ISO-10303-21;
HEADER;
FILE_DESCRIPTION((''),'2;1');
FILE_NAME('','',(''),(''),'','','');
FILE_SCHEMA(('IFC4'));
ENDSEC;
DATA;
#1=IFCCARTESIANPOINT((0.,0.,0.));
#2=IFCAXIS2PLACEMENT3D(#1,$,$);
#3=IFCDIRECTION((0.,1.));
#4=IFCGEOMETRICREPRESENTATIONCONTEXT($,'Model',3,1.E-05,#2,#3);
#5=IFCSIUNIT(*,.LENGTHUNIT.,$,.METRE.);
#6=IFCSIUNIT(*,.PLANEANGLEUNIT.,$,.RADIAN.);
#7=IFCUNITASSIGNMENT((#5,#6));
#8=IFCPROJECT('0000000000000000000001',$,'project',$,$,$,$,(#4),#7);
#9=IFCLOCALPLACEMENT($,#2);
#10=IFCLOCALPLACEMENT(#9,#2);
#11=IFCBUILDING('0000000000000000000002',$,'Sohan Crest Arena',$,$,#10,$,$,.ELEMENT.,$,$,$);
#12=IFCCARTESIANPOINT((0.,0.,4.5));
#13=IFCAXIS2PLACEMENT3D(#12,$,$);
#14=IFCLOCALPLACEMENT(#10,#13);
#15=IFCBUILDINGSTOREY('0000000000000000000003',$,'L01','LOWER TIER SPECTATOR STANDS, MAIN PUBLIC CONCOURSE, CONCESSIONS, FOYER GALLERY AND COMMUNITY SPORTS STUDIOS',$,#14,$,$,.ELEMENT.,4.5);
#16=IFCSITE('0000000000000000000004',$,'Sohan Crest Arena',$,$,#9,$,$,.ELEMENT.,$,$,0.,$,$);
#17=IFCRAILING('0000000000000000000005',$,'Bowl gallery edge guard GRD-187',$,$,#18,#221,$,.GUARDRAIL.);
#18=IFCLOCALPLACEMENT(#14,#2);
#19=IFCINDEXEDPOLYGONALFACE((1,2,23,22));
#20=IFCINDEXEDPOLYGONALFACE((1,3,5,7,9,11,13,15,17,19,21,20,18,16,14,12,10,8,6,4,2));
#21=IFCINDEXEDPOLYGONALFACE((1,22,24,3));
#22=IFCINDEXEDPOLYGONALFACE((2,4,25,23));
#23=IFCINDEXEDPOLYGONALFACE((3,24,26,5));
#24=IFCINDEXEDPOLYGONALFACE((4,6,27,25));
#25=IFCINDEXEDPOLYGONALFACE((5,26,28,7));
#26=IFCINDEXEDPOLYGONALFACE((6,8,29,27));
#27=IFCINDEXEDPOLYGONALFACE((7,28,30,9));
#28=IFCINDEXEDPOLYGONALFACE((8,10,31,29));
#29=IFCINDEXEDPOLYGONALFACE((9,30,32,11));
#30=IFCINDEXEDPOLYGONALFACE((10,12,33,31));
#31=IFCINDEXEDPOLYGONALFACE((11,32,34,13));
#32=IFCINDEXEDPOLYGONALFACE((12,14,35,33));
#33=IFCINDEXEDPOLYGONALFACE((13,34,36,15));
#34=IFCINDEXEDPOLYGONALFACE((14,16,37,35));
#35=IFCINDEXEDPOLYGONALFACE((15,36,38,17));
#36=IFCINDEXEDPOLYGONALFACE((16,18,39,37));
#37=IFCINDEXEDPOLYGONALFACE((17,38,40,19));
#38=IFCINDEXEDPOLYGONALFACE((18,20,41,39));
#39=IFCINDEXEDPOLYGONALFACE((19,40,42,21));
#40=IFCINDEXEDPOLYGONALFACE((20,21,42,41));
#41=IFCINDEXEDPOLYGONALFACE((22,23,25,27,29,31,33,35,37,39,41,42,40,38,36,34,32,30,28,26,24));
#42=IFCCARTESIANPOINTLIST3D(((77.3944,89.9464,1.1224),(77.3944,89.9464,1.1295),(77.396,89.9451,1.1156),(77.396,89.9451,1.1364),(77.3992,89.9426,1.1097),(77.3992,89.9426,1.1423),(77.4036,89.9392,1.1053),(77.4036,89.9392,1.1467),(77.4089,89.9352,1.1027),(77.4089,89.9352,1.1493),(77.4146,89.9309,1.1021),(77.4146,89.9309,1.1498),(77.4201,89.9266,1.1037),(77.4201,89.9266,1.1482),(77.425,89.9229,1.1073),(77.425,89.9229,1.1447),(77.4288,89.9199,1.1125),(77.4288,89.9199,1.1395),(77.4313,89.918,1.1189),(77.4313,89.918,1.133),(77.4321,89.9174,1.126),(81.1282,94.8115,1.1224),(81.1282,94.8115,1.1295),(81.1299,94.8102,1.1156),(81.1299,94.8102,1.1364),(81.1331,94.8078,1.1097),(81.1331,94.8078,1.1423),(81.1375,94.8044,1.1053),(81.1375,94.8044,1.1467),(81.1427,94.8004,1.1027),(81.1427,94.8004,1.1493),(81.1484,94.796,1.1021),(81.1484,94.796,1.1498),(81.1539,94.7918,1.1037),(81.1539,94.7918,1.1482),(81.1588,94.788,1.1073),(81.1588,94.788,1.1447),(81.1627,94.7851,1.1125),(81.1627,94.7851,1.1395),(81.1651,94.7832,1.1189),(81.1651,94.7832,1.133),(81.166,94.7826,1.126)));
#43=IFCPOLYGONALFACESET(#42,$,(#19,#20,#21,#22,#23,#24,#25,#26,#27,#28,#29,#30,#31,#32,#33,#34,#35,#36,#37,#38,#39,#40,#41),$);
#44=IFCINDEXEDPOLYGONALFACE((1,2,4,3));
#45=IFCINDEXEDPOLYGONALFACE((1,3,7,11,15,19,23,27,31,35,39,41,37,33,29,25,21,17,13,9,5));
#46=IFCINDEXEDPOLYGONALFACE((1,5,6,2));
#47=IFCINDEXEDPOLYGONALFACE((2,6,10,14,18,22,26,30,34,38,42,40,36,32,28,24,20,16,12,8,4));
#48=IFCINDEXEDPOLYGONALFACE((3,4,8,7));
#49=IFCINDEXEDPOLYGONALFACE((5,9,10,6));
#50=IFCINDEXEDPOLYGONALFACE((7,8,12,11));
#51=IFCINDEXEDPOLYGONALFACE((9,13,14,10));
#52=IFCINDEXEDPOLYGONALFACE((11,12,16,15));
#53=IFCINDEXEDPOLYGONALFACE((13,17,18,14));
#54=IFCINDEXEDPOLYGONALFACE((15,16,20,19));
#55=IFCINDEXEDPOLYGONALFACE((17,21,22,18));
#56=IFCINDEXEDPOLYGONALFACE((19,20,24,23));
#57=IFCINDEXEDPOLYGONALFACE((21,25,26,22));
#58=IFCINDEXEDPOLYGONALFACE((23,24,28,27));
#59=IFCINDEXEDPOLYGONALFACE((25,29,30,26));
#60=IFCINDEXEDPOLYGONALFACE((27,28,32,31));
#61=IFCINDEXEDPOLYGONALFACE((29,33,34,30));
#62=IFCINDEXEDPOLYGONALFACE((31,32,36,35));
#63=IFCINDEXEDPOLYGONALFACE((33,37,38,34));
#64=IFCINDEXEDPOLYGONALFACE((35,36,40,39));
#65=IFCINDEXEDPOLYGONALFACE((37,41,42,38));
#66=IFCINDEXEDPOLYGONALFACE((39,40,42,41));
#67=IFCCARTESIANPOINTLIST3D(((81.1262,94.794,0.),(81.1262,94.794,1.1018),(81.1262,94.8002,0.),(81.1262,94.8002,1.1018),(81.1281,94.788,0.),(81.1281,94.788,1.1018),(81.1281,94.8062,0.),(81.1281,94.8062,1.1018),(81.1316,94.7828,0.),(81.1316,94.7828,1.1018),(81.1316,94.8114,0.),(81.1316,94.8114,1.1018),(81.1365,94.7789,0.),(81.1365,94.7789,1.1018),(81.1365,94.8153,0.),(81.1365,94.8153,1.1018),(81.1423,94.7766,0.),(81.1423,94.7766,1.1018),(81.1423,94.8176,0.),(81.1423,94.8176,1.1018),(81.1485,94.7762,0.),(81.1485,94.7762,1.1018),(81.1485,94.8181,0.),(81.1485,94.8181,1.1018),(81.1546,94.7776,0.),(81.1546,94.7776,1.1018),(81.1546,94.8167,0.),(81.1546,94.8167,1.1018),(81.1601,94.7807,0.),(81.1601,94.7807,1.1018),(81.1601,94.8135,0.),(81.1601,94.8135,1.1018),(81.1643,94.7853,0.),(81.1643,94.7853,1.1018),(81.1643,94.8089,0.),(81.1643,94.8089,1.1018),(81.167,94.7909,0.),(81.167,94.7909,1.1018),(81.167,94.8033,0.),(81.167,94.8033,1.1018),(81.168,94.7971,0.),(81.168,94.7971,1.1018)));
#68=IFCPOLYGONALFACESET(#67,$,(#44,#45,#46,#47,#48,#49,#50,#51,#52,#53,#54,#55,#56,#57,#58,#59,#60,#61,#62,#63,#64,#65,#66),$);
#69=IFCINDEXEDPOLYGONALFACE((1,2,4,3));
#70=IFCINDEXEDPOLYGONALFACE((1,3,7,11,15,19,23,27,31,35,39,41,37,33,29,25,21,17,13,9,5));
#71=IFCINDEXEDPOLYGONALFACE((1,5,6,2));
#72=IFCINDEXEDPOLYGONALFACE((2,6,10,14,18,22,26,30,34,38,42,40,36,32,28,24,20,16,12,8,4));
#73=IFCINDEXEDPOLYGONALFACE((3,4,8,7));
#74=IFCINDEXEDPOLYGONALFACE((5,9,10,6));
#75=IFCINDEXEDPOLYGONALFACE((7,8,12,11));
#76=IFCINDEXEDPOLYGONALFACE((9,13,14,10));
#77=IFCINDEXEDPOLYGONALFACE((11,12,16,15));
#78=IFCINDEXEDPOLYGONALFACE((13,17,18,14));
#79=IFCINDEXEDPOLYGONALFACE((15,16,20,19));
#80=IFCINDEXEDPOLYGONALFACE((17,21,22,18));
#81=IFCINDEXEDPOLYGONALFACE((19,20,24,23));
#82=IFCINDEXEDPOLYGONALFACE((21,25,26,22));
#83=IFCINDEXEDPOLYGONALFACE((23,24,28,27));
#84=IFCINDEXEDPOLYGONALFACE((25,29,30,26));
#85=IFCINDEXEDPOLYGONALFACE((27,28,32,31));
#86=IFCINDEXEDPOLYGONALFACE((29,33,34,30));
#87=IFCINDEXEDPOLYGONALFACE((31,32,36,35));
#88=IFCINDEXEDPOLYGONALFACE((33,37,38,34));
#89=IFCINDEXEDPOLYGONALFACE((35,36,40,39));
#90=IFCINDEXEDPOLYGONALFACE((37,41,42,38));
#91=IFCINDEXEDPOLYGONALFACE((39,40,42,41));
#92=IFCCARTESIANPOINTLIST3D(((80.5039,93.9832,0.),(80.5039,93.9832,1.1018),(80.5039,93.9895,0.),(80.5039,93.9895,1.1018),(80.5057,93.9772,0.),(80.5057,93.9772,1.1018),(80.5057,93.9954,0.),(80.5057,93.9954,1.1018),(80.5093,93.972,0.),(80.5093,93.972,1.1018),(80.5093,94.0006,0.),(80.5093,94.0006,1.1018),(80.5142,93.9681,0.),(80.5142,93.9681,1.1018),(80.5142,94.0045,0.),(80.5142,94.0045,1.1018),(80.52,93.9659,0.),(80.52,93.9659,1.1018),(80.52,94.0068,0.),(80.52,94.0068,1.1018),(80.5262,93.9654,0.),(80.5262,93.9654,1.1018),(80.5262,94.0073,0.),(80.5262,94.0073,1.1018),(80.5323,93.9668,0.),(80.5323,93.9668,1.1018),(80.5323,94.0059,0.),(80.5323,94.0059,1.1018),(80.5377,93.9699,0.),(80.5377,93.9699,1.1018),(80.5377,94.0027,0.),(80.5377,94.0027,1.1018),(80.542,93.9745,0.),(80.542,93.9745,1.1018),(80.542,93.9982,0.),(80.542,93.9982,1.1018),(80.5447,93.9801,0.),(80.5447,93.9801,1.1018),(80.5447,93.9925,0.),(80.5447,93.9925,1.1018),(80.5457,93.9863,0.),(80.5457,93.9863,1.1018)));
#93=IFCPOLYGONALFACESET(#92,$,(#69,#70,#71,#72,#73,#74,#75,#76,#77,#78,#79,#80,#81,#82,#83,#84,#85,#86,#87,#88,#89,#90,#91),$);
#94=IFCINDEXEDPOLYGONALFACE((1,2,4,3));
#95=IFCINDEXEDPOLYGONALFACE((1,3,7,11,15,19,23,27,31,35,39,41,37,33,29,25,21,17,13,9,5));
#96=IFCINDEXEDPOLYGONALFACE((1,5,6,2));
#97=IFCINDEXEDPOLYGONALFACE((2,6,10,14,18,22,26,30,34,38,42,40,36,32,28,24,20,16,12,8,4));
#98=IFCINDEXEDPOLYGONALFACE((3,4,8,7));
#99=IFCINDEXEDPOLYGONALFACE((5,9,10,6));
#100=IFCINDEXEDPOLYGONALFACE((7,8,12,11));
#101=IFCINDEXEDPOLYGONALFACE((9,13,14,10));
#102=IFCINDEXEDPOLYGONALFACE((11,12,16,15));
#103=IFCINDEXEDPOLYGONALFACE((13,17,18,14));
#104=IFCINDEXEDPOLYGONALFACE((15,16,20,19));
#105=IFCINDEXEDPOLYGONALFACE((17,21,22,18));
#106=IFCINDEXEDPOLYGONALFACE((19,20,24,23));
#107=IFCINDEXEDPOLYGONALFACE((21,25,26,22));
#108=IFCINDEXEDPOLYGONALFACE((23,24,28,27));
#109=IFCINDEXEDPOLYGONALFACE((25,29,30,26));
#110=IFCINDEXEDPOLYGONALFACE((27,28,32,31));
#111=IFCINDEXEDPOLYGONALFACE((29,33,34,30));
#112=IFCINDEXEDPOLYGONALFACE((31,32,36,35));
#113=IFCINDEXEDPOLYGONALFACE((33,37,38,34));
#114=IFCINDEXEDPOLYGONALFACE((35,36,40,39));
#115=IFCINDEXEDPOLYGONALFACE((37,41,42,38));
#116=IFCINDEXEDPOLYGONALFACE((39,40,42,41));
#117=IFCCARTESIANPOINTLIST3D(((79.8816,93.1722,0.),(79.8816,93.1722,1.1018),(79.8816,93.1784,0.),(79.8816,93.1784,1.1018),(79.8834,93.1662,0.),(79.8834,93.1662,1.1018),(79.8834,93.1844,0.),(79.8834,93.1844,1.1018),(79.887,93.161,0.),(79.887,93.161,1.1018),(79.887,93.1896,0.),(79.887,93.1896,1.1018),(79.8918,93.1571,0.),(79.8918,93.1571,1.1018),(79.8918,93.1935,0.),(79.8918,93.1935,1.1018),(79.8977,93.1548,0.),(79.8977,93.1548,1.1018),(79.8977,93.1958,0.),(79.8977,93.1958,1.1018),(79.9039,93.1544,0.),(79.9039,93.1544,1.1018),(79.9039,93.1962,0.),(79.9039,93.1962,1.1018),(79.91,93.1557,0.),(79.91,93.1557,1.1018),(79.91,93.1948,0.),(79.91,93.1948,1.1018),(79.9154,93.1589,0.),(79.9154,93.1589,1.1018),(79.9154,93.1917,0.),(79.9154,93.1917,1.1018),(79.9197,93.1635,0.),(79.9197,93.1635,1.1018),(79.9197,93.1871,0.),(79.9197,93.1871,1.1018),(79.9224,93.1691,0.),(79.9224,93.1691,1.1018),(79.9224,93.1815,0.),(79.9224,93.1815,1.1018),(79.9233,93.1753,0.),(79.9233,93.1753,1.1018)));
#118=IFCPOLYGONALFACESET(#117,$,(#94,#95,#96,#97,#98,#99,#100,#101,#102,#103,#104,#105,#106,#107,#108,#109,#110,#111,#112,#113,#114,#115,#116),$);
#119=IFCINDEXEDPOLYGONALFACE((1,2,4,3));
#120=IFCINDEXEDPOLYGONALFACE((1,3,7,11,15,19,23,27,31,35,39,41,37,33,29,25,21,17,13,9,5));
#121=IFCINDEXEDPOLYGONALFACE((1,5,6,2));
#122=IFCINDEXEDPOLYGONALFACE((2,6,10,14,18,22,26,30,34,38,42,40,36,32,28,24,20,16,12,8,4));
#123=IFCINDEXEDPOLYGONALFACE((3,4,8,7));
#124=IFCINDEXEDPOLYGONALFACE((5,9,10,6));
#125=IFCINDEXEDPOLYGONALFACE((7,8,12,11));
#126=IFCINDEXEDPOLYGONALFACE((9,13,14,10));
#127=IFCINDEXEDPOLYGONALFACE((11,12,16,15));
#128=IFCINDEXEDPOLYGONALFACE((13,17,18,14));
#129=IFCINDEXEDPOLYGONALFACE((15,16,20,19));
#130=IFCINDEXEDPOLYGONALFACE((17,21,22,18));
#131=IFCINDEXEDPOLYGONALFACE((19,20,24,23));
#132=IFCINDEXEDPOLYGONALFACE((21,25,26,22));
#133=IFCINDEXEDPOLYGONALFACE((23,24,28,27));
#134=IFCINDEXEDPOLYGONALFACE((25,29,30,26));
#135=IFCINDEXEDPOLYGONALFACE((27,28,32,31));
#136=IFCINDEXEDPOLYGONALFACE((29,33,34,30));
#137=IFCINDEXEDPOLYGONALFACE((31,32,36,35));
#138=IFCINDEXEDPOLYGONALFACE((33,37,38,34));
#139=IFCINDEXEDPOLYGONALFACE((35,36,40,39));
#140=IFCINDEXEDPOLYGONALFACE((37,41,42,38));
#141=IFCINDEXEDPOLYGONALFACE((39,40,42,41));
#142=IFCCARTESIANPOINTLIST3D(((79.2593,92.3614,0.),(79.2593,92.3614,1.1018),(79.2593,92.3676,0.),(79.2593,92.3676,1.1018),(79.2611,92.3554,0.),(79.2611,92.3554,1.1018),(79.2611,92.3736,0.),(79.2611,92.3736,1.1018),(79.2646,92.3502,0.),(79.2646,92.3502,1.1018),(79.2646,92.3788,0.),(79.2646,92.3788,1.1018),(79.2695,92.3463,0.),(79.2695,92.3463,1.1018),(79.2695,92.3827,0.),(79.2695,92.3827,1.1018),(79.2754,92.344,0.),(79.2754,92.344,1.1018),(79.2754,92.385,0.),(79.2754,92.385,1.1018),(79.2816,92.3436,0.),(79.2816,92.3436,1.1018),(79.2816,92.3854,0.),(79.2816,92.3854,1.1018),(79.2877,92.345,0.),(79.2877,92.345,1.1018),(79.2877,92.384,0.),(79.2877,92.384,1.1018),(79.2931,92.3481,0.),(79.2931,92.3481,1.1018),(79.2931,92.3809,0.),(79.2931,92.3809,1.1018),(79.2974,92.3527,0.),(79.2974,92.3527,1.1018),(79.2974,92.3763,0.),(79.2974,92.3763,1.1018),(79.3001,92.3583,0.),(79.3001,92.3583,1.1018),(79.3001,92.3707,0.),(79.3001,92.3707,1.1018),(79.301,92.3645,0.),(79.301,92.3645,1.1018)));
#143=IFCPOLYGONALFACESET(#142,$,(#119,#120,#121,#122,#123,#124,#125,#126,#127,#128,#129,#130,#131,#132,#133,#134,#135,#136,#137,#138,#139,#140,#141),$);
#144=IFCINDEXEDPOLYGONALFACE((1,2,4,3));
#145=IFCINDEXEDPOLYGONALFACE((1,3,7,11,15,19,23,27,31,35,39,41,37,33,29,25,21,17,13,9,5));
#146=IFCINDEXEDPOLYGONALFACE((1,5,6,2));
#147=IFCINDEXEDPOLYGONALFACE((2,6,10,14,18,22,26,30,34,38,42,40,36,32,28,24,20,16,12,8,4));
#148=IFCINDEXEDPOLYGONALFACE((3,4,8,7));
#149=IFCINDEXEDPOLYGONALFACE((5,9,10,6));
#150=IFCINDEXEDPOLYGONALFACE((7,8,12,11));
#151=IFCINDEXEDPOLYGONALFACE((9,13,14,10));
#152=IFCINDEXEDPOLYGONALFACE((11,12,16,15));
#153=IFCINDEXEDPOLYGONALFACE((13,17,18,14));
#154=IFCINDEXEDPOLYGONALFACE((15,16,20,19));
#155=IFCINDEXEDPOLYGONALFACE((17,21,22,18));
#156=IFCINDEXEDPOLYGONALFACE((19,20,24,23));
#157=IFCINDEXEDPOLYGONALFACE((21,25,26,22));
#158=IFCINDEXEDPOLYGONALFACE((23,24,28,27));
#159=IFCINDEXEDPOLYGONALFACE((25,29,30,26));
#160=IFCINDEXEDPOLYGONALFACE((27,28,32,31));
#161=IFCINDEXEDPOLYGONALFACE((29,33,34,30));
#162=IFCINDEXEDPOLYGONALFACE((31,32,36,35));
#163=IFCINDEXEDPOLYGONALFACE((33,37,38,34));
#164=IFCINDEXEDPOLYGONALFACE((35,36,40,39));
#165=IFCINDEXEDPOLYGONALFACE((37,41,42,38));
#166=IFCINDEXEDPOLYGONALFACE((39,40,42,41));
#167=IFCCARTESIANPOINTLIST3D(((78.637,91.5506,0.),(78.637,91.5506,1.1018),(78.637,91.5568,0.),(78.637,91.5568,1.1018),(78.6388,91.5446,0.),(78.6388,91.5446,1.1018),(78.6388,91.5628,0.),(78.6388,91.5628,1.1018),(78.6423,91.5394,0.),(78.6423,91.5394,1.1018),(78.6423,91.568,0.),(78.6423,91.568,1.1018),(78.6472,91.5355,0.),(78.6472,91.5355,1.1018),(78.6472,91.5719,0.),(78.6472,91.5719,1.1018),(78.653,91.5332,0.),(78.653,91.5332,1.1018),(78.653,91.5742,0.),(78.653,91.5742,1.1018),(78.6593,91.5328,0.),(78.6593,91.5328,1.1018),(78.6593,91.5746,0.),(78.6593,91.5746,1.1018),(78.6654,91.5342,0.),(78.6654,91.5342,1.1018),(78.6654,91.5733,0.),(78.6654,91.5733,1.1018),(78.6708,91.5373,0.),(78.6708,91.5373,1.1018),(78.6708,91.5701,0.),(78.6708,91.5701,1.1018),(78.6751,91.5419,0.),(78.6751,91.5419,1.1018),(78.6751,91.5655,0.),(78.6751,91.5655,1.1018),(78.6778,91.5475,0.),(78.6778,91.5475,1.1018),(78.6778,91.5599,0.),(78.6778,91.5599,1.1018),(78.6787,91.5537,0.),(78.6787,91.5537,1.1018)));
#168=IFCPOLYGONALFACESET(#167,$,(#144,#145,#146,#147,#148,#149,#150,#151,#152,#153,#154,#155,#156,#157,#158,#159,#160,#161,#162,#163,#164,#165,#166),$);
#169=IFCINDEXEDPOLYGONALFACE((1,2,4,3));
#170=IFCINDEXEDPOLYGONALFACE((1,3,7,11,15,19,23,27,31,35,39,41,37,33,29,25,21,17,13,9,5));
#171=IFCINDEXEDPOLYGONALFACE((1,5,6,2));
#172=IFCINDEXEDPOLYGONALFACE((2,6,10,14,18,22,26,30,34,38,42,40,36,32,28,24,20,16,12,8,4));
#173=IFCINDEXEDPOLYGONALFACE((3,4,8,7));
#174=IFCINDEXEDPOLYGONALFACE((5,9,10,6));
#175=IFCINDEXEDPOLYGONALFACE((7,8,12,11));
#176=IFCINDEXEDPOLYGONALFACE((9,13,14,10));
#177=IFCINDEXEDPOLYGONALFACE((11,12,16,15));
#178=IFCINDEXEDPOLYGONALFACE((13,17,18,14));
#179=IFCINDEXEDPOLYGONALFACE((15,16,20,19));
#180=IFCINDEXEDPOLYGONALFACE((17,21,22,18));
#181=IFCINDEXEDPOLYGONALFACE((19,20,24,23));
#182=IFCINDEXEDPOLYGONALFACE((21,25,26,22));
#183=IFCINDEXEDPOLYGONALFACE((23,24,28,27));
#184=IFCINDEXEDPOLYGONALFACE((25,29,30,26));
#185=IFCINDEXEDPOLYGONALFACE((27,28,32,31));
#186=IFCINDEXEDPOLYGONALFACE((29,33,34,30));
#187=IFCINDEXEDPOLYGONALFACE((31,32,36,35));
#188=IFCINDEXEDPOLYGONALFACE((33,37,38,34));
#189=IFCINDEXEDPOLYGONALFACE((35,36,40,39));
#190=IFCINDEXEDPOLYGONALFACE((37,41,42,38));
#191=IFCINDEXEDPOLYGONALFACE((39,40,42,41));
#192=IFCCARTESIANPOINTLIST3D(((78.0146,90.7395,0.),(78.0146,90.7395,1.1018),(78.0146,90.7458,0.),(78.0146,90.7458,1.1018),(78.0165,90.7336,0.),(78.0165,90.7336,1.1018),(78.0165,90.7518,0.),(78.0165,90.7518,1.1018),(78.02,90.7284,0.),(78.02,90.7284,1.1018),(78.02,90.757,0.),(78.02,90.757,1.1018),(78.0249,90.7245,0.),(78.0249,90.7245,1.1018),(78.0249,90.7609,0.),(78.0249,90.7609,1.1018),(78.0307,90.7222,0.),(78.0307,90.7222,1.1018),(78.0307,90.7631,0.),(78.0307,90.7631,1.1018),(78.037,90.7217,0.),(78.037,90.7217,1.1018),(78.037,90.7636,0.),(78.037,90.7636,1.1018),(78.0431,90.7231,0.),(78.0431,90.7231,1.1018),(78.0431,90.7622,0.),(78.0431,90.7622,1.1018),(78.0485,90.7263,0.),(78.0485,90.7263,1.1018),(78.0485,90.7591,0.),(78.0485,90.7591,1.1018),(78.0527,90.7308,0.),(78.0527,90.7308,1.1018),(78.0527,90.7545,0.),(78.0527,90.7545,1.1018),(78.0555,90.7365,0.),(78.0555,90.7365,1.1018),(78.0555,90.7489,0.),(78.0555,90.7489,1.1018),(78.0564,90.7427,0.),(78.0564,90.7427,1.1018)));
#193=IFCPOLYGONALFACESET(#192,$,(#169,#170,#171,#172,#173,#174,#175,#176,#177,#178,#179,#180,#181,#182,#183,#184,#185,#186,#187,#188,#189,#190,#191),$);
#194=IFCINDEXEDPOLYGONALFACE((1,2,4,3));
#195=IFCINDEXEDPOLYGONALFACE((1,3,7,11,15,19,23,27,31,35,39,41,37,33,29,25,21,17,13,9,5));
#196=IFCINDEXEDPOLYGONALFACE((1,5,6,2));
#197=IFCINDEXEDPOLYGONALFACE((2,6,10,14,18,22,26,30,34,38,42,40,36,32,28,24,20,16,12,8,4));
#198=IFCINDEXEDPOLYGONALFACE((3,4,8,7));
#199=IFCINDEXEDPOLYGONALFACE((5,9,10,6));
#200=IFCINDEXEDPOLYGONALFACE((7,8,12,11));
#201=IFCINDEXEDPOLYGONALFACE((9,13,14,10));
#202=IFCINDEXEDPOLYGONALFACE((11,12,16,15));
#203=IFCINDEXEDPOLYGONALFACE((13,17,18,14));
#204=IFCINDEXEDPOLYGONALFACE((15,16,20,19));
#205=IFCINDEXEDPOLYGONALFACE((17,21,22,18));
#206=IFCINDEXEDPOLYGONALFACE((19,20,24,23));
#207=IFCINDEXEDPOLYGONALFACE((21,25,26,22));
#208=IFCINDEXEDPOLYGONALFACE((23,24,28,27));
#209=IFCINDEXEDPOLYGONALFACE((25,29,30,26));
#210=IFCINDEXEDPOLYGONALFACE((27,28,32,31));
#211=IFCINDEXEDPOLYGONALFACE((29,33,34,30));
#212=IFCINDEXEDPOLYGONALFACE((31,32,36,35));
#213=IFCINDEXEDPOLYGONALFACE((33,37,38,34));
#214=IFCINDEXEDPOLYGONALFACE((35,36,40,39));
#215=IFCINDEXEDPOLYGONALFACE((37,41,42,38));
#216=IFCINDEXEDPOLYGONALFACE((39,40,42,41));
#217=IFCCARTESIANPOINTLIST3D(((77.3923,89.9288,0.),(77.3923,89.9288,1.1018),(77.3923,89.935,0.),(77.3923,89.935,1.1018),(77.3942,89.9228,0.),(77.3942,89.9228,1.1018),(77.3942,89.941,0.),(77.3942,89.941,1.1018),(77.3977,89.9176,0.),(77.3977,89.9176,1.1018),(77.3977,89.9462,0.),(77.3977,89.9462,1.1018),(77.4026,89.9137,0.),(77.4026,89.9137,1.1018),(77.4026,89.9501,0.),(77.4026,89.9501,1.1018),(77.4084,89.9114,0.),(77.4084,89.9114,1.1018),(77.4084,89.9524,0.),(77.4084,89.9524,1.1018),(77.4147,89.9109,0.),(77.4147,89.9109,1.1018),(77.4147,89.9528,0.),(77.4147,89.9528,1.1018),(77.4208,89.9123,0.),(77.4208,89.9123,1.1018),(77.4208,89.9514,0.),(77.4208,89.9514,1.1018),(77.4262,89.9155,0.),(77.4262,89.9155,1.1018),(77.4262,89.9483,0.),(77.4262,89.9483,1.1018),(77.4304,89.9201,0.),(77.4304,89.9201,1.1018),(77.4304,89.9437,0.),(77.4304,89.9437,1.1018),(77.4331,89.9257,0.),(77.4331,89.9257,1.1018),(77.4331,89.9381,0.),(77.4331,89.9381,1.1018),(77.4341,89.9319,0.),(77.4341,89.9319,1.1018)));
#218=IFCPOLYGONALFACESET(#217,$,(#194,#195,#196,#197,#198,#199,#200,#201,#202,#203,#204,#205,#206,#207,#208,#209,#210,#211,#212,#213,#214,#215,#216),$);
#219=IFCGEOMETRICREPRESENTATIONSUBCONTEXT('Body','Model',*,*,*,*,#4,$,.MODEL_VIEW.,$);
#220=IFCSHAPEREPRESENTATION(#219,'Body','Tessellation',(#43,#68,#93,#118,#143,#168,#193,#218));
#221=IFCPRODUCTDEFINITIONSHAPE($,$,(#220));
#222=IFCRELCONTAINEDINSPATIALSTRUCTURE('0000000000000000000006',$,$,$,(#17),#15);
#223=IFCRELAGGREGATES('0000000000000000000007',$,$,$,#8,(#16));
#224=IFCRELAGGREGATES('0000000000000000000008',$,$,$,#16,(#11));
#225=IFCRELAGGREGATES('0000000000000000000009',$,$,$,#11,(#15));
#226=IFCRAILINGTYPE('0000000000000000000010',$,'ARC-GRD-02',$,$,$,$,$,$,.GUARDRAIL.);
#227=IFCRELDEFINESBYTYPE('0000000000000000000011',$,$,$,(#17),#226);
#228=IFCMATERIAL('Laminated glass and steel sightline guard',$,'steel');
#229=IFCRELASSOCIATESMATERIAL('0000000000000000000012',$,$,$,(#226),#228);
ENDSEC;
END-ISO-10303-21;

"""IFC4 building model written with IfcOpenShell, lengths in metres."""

from ifc_helpers import new_model, si_unit, direction, frame, origin, origin_2d, place, context, subcontext, project, spatial, circle, extrude, material, type_object, element, save


model = new_model("IFC4")

# Units and contexts
model_context = context("Model", 3, precision=1e-05, world=origin(), true_north=direction((0.0, 1.0)))
body_context = subcontext(model_context, "Body", "Model", "MODEL_VIEW")
ifc_project = project(units=[si_unit("LENGTHUNIT", "METRE"), si_unit("PLANEANGLEUNIT", "RADIAN")], contexts=[model_context])

# Site, building, storey
site_placement = place(None, origin())
site = spatial("IfcSite", under=ifc_project, at=site_placement, Name="Sohan Crest Arena", CompositionType="ELEMENT", RefElevation=0.0)
building_placement = place(site_placement, origin())
building = spatial("IfcBuilding", under=site, at=building_placement, Name="Sohan Crest Arena", CompositionType="ELEMENT")
storey_placement = place(building_placement, frame((0.0, 0.0, 4.5)))
storey = spatial("IfcBuildingStorey", under=building, at=storey_placement, Name="L01", Description="LOWER TIER SPECTATOR STANDS, MAIN PUBLIC CONCOURSE, CONCESSIONS, FOYER GALLERY AND COMMUNITY SPORTS STUDIOS", CompositionType="ELEMENT", Elevation=4.5)

# Railing
ifc_material_1 = material(Name="Laminated glass and steel sightline guard", Category="steel")
railing_type = type_object("IfcRailingType", Name="ARC-GRD-02", PredefinedType="GUARDRAIL", material=ifc_material_1)
railing_1_placement = place(storey_placement, frame((81.147, 94.7971, 0.0)))
element("IfcRailing", 1, at=railing_1_placement, inside=storey, type_object=railing_type, Name="Bowl gallery edge guard GRD-187", PredefinedType="GUARDRAIL", context=body_context, shape_type="SweptSolid", body=[
    extrude(circle(Radius=0.0239, at=origin_2d()), frame((0.0, 0.0, 1.126), z_axis=(-0.608829, -0.793301, 0.0), x_axis=(0.793301, -0.608829, 0.0)), (0.0, 0.0, 1.0), 6.1328),
    extrude(circle(Radius=0.021, at=origin_2d()), origin(), (0.0, 0.0, 1.0), 1.1018),
    extrude(circle(Radius=0.021, at=origin_2d()), frame((-0.6223, -0.8108, 0.0)), (0.0, 0.0, 1.0), 1.1018),
    extrude(circle(Radius=0.021, at=origin_2d()), frame((-1.2446, -1.6218, 0.0)), (0.0, 0.0, 1.0), 1.1018),
    extrude(circle(Radius=0.021, at=origin_2d()), frame((-1.8669, -2.4326, 0.0)), (0.0, 0.0, 1.0), 1.1018),
    extrude(circle(Radius=0.021, at=origin_2d()), frame((-2.4893, -3.2434, 0.0)), (0.0, 0.0, 1.0), 1.1018),
    extrude(circle(Radius=0.021, at=origin_2d()), frame((-3.1116, -4.0544, 0.0)), (0.0, 0.0, 1.0), 1.1018),
    extrude(circle(Radius=0.021, at=origin_2d()), frame((-3.7339, -4.8652, 0.0)), (0.0, 0.0, 1.0), 1.1018),
])

save(model, "model.ifc")
